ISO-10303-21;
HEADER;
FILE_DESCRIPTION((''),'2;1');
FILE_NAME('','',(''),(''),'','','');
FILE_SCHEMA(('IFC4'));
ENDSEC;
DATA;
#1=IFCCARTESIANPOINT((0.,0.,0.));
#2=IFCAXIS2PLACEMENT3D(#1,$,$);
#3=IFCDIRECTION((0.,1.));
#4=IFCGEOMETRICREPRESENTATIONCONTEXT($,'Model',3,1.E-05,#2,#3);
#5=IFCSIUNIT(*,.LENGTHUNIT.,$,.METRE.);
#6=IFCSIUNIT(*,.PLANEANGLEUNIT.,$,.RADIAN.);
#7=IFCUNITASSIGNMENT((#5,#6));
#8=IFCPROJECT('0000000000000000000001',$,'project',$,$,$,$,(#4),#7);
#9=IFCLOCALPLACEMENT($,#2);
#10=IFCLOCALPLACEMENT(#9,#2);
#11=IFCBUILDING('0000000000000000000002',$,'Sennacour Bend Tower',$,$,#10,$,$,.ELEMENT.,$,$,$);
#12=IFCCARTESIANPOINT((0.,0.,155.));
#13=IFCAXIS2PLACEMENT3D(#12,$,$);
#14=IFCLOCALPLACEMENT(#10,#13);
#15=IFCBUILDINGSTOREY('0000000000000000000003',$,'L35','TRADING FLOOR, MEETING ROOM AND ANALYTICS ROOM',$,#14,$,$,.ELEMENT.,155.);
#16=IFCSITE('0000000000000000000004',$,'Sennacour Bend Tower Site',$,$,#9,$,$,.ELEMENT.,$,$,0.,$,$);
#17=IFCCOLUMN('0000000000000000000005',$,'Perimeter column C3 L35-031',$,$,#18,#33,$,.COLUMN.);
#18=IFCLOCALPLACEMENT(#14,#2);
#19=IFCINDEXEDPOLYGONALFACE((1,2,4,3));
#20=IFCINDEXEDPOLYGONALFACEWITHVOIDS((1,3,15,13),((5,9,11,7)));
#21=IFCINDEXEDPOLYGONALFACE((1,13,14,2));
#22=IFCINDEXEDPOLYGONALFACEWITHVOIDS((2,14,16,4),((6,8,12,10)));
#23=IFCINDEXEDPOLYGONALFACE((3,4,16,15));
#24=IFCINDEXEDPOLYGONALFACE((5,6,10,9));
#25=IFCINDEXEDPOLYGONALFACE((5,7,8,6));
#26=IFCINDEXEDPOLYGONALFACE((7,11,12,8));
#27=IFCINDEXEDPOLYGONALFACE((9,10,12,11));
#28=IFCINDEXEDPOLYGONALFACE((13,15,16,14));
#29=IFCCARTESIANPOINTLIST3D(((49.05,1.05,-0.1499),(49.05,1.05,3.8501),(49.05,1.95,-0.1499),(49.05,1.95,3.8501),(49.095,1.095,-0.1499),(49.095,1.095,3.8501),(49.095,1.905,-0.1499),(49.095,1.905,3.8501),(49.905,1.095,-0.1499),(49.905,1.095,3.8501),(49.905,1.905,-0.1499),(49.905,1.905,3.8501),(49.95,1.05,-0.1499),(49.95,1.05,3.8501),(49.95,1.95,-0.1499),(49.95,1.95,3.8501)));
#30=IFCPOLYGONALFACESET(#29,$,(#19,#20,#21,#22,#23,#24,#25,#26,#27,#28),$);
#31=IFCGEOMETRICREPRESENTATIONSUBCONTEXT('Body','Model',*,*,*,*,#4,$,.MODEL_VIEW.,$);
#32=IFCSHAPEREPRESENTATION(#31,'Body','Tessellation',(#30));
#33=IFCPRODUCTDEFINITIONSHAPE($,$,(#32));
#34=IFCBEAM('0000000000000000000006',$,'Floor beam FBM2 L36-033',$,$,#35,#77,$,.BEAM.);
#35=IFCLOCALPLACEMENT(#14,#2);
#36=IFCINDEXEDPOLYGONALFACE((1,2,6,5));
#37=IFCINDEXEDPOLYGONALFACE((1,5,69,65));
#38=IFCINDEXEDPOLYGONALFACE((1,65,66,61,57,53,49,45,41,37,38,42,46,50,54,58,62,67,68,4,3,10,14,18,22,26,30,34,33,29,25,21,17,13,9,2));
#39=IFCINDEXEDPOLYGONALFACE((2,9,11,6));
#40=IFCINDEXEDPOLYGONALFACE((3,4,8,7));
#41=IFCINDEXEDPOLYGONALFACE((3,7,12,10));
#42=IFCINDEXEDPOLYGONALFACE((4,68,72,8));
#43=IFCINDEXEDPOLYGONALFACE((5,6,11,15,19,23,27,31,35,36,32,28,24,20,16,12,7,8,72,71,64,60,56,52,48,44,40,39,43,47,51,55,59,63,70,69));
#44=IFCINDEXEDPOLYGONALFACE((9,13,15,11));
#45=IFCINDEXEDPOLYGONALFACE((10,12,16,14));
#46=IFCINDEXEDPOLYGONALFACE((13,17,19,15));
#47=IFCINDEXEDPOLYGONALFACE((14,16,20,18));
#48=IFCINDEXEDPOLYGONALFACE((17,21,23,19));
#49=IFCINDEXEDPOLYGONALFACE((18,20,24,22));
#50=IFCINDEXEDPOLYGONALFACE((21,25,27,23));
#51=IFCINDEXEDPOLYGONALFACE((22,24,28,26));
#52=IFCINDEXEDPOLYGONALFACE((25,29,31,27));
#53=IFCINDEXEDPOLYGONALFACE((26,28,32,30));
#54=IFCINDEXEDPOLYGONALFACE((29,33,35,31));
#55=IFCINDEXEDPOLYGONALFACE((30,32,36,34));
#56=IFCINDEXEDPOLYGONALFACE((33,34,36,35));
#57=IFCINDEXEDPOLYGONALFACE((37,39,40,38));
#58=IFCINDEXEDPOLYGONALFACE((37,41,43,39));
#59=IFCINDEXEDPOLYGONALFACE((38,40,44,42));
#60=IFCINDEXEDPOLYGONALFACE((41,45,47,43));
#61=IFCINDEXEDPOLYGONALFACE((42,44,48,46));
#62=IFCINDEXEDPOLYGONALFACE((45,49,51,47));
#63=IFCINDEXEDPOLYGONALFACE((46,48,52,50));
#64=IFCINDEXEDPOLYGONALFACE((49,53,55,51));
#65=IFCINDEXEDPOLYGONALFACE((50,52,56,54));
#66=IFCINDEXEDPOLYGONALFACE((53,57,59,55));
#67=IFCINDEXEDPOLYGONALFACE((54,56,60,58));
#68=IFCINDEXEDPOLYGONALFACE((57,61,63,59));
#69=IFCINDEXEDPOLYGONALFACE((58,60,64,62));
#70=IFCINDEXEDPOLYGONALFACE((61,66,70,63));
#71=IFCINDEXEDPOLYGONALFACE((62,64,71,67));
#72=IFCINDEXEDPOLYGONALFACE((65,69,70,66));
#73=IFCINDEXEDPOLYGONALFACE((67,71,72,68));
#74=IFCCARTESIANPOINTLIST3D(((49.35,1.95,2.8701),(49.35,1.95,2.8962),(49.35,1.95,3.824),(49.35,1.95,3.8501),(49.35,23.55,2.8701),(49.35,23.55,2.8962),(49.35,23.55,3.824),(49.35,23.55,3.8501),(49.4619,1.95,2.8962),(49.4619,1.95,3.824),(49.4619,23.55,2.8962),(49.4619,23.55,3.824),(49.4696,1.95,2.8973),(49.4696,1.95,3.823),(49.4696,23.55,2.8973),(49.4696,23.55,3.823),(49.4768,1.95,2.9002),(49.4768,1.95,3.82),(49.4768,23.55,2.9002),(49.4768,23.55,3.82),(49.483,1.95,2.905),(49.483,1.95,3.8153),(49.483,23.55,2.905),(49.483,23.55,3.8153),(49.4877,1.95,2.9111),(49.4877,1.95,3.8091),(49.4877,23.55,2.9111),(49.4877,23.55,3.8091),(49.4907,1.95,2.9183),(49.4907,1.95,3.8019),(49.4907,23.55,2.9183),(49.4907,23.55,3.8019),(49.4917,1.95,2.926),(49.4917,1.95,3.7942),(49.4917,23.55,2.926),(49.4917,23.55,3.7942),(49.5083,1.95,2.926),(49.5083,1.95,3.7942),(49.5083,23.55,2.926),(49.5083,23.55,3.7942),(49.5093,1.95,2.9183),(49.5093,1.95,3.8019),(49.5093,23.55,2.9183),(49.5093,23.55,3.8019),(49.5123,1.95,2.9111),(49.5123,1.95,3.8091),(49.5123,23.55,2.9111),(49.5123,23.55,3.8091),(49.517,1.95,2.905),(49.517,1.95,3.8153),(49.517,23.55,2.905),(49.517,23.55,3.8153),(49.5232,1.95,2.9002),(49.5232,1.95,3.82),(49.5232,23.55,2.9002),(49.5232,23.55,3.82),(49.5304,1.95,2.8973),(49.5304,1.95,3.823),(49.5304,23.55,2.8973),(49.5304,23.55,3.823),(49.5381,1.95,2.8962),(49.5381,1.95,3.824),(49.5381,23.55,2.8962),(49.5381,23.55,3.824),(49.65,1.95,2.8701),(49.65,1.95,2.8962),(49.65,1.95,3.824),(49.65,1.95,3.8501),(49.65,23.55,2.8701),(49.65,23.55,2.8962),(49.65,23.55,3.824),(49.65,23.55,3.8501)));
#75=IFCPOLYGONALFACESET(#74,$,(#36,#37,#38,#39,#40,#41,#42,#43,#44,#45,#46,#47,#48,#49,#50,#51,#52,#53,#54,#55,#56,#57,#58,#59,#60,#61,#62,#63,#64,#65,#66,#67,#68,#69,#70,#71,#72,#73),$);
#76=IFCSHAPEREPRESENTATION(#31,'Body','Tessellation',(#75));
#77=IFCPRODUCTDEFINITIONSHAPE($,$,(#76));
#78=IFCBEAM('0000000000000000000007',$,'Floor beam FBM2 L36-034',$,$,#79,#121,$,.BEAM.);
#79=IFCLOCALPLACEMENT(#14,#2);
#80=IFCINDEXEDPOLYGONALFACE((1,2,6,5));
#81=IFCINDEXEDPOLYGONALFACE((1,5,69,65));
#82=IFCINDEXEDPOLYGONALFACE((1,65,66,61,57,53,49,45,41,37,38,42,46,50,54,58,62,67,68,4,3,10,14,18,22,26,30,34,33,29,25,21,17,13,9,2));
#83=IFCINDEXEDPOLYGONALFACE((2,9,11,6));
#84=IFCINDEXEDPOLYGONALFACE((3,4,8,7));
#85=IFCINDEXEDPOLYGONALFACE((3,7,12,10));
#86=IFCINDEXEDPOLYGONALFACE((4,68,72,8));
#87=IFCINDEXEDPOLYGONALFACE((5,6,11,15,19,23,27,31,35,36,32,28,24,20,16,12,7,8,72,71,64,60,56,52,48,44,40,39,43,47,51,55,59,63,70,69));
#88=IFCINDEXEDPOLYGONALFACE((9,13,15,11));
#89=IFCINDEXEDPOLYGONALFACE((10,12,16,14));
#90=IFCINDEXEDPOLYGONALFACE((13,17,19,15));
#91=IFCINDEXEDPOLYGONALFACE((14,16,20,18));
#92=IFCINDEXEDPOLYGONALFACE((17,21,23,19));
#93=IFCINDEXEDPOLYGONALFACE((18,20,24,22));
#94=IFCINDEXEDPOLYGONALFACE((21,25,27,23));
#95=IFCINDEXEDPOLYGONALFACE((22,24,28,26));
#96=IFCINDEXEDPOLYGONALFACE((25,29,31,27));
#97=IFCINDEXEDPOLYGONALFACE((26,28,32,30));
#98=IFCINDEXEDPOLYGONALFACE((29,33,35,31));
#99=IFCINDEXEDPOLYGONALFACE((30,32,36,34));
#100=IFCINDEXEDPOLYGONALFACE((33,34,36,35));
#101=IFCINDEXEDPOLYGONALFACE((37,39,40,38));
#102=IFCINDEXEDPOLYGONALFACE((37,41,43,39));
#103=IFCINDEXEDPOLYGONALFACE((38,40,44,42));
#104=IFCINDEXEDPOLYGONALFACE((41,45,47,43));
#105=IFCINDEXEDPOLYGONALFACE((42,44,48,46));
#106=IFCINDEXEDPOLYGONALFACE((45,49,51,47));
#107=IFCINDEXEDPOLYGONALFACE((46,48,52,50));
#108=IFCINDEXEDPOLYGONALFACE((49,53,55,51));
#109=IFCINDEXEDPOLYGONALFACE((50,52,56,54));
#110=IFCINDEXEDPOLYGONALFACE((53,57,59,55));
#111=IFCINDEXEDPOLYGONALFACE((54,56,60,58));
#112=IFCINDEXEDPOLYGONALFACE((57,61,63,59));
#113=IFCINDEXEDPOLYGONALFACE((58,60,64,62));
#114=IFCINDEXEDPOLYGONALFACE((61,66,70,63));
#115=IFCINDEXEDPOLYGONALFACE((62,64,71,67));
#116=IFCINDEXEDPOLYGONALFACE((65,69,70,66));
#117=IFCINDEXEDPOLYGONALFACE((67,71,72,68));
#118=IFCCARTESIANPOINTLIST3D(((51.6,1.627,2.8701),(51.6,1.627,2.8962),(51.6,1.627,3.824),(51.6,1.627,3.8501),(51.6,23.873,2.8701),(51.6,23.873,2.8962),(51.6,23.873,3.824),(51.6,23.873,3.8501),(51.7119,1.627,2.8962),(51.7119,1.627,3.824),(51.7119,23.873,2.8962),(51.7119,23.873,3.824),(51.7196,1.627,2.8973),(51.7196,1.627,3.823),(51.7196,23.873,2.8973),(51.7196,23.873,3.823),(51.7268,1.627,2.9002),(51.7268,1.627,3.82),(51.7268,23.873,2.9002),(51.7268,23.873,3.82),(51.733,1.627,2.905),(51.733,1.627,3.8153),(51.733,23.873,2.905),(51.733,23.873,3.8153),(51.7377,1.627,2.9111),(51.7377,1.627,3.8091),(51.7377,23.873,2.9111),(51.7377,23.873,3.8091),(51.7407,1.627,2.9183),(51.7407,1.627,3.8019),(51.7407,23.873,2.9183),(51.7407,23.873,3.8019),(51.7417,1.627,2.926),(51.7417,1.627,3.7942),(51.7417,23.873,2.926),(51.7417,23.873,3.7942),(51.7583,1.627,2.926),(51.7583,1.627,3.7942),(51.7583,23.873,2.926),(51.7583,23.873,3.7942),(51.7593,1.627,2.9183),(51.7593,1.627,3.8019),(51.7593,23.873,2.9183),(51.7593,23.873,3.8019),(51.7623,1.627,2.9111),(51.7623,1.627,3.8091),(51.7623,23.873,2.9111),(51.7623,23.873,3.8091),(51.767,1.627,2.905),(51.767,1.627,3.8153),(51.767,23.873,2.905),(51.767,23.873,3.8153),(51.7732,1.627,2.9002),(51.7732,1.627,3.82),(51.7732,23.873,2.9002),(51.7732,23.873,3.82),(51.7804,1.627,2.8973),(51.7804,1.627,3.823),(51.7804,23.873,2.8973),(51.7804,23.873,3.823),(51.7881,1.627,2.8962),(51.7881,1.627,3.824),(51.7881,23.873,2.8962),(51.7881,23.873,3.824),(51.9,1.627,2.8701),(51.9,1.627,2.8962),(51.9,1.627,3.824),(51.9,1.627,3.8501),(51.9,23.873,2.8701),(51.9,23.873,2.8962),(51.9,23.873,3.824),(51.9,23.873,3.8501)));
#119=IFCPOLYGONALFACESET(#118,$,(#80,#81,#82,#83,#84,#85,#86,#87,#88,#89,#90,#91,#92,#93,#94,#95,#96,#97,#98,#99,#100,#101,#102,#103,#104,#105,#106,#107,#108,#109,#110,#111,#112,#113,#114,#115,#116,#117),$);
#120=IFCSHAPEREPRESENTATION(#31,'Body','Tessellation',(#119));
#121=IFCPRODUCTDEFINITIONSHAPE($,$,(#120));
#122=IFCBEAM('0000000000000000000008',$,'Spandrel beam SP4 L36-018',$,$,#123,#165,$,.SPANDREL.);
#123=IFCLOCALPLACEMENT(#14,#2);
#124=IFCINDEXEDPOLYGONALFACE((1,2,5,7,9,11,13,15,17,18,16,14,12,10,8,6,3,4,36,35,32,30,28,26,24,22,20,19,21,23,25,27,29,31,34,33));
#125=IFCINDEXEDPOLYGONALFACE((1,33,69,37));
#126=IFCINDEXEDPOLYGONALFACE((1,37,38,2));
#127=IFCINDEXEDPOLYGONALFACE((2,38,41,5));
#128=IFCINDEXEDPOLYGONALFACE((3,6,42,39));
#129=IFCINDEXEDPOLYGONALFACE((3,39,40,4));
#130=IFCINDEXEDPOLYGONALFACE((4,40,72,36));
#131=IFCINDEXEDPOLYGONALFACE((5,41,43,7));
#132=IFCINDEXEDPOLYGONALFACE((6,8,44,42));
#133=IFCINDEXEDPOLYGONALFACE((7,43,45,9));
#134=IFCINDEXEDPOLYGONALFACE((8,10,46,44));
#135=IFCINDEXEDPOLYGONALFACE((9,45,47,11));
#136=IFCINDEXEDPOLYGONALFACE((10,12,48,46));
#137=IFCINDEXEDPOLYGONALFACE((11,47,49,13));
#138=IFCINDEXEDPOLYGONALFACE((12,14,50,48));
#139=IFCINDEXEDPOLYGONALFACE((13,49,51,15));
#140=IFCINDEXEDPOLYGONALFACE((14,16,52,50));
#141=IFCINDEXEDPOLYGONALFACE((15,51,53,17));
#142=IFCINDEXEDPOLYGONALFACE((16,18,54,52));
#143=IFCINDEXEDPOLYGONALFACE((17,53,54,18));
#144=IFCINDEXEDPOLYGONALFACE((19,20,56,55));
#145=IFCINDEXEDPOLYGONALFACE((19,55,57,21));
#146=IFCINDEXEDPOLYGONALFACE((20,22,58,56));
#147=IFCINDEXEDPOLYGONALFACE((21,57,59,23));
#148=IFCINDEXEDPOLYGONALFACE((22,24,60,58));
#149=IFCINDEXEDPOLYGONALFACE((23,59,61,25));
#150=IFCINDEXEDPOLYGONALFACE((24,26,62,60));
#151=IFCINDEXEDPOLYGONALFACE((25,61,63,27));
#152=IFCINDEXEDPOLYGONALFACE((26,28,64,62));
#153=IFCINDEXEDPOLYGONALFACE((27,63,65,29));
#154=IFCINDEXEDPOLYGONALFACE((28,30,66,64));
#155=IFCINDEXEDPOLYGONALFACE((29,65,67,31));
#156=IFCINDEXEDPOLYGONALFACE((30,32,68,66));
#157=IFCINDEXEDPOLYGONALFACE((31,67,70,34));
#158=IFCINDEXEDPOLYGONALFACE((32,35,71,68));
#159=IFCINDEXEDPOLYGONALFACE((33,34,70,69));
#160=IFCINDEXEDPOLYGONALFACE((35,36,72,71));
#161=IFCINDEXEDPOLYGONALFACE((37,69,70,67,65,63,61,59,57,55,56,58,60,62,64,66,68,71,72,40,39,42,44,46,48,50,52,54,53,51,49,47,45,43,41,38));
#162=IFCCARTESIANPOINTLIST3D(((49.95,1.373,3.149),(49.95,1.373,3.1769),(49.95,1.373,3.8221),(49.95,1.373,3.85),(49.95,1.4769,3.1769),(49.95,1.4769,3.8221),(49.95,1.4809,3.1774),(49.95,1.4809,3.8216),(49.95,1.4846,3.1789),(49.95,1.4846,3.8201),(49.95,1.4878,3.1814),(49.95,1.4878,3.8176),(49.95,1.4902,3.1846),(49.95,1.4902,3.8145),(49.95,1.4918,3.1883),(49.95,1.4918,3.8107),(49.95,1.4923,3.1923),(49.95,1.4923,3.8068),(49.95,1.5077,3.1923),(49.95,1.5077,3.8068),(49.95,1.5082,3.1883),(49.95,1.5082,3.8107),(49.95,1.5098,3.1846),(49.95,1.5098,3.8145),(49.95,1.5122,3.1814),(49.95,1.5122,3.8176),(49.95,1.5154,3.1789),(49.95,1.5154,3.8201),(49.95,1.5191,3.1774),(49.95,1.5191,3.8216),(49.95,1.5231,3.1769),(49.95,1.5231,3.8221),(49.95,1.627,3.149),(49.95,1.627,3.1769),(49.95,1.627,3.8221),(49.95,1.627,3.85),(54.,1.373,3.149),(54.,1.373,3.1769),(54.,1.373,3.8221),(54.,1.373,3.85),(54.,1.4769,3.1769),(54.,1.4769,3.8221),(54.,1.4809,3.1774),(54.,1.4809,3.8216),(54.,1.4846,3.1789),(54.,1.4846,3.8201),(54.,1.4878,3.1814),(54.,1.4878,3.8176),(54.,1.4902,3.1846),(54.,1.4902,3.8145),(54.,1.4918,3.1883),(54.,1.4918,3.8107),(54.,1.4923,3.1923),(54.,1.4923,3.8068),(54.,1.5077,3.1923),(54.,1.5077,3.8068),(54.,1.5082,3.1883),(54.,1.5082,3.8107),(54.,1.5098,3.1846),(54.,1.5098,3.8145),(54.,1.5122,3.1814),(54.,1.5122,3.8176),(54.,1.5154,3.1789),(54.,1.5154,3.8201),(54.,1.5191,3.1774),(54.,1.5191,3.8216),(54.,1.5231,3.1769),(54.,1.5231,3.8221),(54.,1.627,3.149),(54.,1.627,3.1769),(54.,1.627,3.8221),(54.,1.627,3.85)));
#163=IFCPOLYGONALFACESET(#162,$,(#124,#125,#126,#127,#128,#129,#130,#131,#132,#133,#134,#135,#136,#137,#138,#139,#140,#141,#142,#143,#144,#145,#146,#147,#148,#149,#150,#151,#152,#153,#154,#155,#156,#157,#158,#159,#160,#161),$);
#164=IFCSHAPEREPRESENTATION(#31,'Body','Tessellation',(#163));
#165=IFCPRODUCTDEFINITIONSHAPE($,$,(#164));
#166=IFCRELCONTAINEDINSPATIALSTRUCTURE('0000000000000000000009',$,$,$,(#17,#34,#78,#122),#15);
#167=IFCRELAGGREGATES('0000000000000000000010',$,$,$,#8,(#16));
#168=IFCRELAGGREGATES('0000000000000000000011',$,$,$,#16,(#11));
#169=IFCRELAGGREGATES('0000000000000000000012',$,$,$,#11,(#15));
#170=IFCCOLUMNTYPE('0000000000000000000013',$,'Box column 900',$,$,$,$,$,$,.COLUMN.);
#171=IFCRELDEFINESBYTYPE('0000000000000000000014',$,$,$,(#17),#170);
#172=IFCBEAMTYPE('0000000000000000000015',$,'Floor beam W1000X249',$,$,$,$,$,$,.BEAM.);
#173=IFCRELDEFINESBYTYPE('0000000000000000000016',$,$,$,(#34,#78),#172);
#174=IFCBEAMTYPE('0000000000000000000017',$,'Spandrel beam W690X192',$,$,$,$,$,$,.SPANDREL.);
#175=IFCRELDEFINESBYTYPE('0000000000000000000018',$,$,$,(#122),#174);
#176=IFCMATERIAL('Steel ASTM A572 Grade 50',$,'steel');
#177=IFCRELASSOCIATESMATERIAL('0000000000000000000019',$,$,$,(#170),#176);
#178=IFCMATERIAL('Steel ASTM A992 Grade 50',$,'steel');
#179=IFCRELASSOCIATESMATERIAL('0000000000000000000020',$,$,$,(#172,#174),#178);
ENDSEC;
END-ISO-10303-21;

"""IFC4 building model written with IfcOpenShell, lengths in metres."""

from ifc_helpers import new_model, si_unit, direction, frame, origin, origin_2d, place, context, subcontext, project, spatial, hollow_rectangle, i_section, extrude, material, material_profile, profile_set, type_object, element, save


model = new_model("IFC4")

# Units and contexts
model_context = context("Model", 3, precision=1e-05, world=origin(), true_north=direction((0.0, 1.0)))
body_context = subcontext(model_context, "Body", "Model", "MODEL_VIEW")
ifc_project = project(units=[si_unit("LENGTHUNIT", "METRE"), si_unit("PLANEANGLEUNIT", "RADIAN")], contexts=[model_context])

# Site, building, storey
site_placement = place(None, origin())
site = spatial("IfcSite", under=ifc_project, at=site_placement, Name="Sennacour Bend Tower Site", CompositionType="ELEMENT", RefElevation=0.0)
building_placement = place(site_placement, origin())
building = spatial("IfcBuilding", under=site, at=building_placement, Name="Sennacour Bend Tower", CompositionType="ELEMENT")
storey_placement = place(building_placement, frame((0.0, 0.0, 155.0)))
storey = spatial("IfcBuildingStorey", under=building, at=storey_placement, Name="L35", Description="TRADING FLOOR, MEETING ROOM AND ANALYTICS ROOM", CompositionType="ELEMENT", Elevation=155.0)

# Column
ifc_material_1 = material(Name="Steel ASTM A572 Grade 50", Category="steel")
ifc_material_profile_1 = material_profile(ifc_material_1, hollow_rectangle(XDim=0.8999, YDim=0.8999, WallThickness=0.0449, at=origin_2d()), Name="Steel ASTM A572 Grade 50", Category="steel")
ifc_profile_set_1 = profile_set([ifc_material_profile_1], Name="Steel ASTM A572 Grade 50")
column_type = type_object("IfcColumnType", Name="Box column 900", PredefinedType="COLUMN", material=ifc_profile_set_1)
column_placement = place(storey_placement, frame((49.5, 1.5, -0.1499), z_axis=(0.0, 0.0, 1.0), x_axis=(1.0, 0.0, 0.0)))
element("IfcColumn", 1, at=column_placement, inside=storey, type_object=column_type, Name="Perimeter column C3 L35-031", PredefinedType="COLUMN", context=body_context, shape_type="SweptSolid", body=[
    extrude(hollow_rectangle(XDim=0.8999, YDim=0.8999, WallThickness=0.0449, at=origin_2d()), origin(), (0.0, 0.0, 1.0), 4.0),
])

# Beams
ifc_material_2 = material(Name="Steel ASTM A992 Grade 50", Category="steel")
ifc_material_profile_2 = material_profile(ifc_material_2, i_section(OverallWidth=0.3, OverallDepth=0.98, WebThickness=0.0166, FlangeThickness=0.0261, FilletRadius=0.0298, at=origin_2d()), Name="Steel ASTM A992 Grade 50", Category="steel")
ifc_profile_set_2 = profile_set([ifc_material_profile_2], Name="Steel ASTM A992 Grade 50")
beam_type_1 = type_object("IfcBeamType", Name="Floor beam W1000X249", PredefinedType="BEAM", material=ifc_profile_set_2)
beam_1_placement = place(storey_placement, frame((49.5, 1.95, 3.3601), z_axis=(0.0, 1.0, 0.0), x_axis=(-1.0, 0.0, 0.0)))
element("IfcBeam", 2, at=beam_1_placement, inside=storey, type_object=beam_type_1, Name="Floor beam FBM2 L36-033", PredefinedType="BEAM", context=body_context, shape_type="SweptSolid", body=[
    extrude(i_section(OverallWidth=0.3, OverallDepth=0.98, WebThickness=0.0166, FlangeThickness=0.0261, FilletRadius=0.0298, at=origin_2d()), origin(), (0.0, 0.0, 1.0), 21.6001),
])
beam_2_placement = place(storey_placement, frame((51.75, 1.627, 3.3601), z_axis=(0.0, 1.0, 0.0), x_axis=(-1.0, 0.0, 0.0)))
element("IfcBeam", 3, at=beam_2_placement, inside=storey, type_object=beam_type_1, Name="Floor beam FBM2 L36-034", PredefinedType="BEAM", context=body_context, shape_type="SweptSolid", body=[
    extrude(i_section(OverallWidth=0.3, OverallDepth=0.98, WebThickness=0.0166, FlangeThickness=0.0261, FilletRadius=0.0298, at=origin_2d()), origin(), (0.0, 0.0, 1.0), 22.2461),
])
ifc_material_profile_3 = material_profile(ifc_material_2, i_section(OverallWidth=0.2539, OverallDepth=0.7009, WebThickness=0.0154, FlangeThickness=0.0278, FilletRadius=0.0154, at=origin_2d()), Name="Steel ASTM A992 Grade 50", Category="steel")
ifc_profile_set_3 = profile_set([ifc_material_profile_3], Name="Steel ASTM A992 Grade 50")
beam_type_2 = type_object("IfcBeamType", Name="Spandrel beam W690X192", PredefinedType="SPANDREL", material=ifc_profile_set_3)
beam_3_placement = place(storey_placement, frame((54.0, 1.5, 3.4995), z_axis=(-1.0, 0.0, 0.0), x_axis=(0.0, -1.0, 0.0)))
element("IfcBeam", 4, at=beam_3_placement, inside=storey, type_object=beam_type_2, Name="Spandrel beam SP4 L36-018", PredefinedType="SPANDREL", context=body_context, shape_type="SweptSolid", body=[
    extrude(i_section(OverallWidth=0.2539, OverallDepth=0.7009, WebThickness=0.0154, FlangeThickness=0.0278, FilletRadius=0.0154, at=origin_2d()), origin(), (0.0, 0.0, 1.0), 4.05),
])

save(model, "model.ifc")
